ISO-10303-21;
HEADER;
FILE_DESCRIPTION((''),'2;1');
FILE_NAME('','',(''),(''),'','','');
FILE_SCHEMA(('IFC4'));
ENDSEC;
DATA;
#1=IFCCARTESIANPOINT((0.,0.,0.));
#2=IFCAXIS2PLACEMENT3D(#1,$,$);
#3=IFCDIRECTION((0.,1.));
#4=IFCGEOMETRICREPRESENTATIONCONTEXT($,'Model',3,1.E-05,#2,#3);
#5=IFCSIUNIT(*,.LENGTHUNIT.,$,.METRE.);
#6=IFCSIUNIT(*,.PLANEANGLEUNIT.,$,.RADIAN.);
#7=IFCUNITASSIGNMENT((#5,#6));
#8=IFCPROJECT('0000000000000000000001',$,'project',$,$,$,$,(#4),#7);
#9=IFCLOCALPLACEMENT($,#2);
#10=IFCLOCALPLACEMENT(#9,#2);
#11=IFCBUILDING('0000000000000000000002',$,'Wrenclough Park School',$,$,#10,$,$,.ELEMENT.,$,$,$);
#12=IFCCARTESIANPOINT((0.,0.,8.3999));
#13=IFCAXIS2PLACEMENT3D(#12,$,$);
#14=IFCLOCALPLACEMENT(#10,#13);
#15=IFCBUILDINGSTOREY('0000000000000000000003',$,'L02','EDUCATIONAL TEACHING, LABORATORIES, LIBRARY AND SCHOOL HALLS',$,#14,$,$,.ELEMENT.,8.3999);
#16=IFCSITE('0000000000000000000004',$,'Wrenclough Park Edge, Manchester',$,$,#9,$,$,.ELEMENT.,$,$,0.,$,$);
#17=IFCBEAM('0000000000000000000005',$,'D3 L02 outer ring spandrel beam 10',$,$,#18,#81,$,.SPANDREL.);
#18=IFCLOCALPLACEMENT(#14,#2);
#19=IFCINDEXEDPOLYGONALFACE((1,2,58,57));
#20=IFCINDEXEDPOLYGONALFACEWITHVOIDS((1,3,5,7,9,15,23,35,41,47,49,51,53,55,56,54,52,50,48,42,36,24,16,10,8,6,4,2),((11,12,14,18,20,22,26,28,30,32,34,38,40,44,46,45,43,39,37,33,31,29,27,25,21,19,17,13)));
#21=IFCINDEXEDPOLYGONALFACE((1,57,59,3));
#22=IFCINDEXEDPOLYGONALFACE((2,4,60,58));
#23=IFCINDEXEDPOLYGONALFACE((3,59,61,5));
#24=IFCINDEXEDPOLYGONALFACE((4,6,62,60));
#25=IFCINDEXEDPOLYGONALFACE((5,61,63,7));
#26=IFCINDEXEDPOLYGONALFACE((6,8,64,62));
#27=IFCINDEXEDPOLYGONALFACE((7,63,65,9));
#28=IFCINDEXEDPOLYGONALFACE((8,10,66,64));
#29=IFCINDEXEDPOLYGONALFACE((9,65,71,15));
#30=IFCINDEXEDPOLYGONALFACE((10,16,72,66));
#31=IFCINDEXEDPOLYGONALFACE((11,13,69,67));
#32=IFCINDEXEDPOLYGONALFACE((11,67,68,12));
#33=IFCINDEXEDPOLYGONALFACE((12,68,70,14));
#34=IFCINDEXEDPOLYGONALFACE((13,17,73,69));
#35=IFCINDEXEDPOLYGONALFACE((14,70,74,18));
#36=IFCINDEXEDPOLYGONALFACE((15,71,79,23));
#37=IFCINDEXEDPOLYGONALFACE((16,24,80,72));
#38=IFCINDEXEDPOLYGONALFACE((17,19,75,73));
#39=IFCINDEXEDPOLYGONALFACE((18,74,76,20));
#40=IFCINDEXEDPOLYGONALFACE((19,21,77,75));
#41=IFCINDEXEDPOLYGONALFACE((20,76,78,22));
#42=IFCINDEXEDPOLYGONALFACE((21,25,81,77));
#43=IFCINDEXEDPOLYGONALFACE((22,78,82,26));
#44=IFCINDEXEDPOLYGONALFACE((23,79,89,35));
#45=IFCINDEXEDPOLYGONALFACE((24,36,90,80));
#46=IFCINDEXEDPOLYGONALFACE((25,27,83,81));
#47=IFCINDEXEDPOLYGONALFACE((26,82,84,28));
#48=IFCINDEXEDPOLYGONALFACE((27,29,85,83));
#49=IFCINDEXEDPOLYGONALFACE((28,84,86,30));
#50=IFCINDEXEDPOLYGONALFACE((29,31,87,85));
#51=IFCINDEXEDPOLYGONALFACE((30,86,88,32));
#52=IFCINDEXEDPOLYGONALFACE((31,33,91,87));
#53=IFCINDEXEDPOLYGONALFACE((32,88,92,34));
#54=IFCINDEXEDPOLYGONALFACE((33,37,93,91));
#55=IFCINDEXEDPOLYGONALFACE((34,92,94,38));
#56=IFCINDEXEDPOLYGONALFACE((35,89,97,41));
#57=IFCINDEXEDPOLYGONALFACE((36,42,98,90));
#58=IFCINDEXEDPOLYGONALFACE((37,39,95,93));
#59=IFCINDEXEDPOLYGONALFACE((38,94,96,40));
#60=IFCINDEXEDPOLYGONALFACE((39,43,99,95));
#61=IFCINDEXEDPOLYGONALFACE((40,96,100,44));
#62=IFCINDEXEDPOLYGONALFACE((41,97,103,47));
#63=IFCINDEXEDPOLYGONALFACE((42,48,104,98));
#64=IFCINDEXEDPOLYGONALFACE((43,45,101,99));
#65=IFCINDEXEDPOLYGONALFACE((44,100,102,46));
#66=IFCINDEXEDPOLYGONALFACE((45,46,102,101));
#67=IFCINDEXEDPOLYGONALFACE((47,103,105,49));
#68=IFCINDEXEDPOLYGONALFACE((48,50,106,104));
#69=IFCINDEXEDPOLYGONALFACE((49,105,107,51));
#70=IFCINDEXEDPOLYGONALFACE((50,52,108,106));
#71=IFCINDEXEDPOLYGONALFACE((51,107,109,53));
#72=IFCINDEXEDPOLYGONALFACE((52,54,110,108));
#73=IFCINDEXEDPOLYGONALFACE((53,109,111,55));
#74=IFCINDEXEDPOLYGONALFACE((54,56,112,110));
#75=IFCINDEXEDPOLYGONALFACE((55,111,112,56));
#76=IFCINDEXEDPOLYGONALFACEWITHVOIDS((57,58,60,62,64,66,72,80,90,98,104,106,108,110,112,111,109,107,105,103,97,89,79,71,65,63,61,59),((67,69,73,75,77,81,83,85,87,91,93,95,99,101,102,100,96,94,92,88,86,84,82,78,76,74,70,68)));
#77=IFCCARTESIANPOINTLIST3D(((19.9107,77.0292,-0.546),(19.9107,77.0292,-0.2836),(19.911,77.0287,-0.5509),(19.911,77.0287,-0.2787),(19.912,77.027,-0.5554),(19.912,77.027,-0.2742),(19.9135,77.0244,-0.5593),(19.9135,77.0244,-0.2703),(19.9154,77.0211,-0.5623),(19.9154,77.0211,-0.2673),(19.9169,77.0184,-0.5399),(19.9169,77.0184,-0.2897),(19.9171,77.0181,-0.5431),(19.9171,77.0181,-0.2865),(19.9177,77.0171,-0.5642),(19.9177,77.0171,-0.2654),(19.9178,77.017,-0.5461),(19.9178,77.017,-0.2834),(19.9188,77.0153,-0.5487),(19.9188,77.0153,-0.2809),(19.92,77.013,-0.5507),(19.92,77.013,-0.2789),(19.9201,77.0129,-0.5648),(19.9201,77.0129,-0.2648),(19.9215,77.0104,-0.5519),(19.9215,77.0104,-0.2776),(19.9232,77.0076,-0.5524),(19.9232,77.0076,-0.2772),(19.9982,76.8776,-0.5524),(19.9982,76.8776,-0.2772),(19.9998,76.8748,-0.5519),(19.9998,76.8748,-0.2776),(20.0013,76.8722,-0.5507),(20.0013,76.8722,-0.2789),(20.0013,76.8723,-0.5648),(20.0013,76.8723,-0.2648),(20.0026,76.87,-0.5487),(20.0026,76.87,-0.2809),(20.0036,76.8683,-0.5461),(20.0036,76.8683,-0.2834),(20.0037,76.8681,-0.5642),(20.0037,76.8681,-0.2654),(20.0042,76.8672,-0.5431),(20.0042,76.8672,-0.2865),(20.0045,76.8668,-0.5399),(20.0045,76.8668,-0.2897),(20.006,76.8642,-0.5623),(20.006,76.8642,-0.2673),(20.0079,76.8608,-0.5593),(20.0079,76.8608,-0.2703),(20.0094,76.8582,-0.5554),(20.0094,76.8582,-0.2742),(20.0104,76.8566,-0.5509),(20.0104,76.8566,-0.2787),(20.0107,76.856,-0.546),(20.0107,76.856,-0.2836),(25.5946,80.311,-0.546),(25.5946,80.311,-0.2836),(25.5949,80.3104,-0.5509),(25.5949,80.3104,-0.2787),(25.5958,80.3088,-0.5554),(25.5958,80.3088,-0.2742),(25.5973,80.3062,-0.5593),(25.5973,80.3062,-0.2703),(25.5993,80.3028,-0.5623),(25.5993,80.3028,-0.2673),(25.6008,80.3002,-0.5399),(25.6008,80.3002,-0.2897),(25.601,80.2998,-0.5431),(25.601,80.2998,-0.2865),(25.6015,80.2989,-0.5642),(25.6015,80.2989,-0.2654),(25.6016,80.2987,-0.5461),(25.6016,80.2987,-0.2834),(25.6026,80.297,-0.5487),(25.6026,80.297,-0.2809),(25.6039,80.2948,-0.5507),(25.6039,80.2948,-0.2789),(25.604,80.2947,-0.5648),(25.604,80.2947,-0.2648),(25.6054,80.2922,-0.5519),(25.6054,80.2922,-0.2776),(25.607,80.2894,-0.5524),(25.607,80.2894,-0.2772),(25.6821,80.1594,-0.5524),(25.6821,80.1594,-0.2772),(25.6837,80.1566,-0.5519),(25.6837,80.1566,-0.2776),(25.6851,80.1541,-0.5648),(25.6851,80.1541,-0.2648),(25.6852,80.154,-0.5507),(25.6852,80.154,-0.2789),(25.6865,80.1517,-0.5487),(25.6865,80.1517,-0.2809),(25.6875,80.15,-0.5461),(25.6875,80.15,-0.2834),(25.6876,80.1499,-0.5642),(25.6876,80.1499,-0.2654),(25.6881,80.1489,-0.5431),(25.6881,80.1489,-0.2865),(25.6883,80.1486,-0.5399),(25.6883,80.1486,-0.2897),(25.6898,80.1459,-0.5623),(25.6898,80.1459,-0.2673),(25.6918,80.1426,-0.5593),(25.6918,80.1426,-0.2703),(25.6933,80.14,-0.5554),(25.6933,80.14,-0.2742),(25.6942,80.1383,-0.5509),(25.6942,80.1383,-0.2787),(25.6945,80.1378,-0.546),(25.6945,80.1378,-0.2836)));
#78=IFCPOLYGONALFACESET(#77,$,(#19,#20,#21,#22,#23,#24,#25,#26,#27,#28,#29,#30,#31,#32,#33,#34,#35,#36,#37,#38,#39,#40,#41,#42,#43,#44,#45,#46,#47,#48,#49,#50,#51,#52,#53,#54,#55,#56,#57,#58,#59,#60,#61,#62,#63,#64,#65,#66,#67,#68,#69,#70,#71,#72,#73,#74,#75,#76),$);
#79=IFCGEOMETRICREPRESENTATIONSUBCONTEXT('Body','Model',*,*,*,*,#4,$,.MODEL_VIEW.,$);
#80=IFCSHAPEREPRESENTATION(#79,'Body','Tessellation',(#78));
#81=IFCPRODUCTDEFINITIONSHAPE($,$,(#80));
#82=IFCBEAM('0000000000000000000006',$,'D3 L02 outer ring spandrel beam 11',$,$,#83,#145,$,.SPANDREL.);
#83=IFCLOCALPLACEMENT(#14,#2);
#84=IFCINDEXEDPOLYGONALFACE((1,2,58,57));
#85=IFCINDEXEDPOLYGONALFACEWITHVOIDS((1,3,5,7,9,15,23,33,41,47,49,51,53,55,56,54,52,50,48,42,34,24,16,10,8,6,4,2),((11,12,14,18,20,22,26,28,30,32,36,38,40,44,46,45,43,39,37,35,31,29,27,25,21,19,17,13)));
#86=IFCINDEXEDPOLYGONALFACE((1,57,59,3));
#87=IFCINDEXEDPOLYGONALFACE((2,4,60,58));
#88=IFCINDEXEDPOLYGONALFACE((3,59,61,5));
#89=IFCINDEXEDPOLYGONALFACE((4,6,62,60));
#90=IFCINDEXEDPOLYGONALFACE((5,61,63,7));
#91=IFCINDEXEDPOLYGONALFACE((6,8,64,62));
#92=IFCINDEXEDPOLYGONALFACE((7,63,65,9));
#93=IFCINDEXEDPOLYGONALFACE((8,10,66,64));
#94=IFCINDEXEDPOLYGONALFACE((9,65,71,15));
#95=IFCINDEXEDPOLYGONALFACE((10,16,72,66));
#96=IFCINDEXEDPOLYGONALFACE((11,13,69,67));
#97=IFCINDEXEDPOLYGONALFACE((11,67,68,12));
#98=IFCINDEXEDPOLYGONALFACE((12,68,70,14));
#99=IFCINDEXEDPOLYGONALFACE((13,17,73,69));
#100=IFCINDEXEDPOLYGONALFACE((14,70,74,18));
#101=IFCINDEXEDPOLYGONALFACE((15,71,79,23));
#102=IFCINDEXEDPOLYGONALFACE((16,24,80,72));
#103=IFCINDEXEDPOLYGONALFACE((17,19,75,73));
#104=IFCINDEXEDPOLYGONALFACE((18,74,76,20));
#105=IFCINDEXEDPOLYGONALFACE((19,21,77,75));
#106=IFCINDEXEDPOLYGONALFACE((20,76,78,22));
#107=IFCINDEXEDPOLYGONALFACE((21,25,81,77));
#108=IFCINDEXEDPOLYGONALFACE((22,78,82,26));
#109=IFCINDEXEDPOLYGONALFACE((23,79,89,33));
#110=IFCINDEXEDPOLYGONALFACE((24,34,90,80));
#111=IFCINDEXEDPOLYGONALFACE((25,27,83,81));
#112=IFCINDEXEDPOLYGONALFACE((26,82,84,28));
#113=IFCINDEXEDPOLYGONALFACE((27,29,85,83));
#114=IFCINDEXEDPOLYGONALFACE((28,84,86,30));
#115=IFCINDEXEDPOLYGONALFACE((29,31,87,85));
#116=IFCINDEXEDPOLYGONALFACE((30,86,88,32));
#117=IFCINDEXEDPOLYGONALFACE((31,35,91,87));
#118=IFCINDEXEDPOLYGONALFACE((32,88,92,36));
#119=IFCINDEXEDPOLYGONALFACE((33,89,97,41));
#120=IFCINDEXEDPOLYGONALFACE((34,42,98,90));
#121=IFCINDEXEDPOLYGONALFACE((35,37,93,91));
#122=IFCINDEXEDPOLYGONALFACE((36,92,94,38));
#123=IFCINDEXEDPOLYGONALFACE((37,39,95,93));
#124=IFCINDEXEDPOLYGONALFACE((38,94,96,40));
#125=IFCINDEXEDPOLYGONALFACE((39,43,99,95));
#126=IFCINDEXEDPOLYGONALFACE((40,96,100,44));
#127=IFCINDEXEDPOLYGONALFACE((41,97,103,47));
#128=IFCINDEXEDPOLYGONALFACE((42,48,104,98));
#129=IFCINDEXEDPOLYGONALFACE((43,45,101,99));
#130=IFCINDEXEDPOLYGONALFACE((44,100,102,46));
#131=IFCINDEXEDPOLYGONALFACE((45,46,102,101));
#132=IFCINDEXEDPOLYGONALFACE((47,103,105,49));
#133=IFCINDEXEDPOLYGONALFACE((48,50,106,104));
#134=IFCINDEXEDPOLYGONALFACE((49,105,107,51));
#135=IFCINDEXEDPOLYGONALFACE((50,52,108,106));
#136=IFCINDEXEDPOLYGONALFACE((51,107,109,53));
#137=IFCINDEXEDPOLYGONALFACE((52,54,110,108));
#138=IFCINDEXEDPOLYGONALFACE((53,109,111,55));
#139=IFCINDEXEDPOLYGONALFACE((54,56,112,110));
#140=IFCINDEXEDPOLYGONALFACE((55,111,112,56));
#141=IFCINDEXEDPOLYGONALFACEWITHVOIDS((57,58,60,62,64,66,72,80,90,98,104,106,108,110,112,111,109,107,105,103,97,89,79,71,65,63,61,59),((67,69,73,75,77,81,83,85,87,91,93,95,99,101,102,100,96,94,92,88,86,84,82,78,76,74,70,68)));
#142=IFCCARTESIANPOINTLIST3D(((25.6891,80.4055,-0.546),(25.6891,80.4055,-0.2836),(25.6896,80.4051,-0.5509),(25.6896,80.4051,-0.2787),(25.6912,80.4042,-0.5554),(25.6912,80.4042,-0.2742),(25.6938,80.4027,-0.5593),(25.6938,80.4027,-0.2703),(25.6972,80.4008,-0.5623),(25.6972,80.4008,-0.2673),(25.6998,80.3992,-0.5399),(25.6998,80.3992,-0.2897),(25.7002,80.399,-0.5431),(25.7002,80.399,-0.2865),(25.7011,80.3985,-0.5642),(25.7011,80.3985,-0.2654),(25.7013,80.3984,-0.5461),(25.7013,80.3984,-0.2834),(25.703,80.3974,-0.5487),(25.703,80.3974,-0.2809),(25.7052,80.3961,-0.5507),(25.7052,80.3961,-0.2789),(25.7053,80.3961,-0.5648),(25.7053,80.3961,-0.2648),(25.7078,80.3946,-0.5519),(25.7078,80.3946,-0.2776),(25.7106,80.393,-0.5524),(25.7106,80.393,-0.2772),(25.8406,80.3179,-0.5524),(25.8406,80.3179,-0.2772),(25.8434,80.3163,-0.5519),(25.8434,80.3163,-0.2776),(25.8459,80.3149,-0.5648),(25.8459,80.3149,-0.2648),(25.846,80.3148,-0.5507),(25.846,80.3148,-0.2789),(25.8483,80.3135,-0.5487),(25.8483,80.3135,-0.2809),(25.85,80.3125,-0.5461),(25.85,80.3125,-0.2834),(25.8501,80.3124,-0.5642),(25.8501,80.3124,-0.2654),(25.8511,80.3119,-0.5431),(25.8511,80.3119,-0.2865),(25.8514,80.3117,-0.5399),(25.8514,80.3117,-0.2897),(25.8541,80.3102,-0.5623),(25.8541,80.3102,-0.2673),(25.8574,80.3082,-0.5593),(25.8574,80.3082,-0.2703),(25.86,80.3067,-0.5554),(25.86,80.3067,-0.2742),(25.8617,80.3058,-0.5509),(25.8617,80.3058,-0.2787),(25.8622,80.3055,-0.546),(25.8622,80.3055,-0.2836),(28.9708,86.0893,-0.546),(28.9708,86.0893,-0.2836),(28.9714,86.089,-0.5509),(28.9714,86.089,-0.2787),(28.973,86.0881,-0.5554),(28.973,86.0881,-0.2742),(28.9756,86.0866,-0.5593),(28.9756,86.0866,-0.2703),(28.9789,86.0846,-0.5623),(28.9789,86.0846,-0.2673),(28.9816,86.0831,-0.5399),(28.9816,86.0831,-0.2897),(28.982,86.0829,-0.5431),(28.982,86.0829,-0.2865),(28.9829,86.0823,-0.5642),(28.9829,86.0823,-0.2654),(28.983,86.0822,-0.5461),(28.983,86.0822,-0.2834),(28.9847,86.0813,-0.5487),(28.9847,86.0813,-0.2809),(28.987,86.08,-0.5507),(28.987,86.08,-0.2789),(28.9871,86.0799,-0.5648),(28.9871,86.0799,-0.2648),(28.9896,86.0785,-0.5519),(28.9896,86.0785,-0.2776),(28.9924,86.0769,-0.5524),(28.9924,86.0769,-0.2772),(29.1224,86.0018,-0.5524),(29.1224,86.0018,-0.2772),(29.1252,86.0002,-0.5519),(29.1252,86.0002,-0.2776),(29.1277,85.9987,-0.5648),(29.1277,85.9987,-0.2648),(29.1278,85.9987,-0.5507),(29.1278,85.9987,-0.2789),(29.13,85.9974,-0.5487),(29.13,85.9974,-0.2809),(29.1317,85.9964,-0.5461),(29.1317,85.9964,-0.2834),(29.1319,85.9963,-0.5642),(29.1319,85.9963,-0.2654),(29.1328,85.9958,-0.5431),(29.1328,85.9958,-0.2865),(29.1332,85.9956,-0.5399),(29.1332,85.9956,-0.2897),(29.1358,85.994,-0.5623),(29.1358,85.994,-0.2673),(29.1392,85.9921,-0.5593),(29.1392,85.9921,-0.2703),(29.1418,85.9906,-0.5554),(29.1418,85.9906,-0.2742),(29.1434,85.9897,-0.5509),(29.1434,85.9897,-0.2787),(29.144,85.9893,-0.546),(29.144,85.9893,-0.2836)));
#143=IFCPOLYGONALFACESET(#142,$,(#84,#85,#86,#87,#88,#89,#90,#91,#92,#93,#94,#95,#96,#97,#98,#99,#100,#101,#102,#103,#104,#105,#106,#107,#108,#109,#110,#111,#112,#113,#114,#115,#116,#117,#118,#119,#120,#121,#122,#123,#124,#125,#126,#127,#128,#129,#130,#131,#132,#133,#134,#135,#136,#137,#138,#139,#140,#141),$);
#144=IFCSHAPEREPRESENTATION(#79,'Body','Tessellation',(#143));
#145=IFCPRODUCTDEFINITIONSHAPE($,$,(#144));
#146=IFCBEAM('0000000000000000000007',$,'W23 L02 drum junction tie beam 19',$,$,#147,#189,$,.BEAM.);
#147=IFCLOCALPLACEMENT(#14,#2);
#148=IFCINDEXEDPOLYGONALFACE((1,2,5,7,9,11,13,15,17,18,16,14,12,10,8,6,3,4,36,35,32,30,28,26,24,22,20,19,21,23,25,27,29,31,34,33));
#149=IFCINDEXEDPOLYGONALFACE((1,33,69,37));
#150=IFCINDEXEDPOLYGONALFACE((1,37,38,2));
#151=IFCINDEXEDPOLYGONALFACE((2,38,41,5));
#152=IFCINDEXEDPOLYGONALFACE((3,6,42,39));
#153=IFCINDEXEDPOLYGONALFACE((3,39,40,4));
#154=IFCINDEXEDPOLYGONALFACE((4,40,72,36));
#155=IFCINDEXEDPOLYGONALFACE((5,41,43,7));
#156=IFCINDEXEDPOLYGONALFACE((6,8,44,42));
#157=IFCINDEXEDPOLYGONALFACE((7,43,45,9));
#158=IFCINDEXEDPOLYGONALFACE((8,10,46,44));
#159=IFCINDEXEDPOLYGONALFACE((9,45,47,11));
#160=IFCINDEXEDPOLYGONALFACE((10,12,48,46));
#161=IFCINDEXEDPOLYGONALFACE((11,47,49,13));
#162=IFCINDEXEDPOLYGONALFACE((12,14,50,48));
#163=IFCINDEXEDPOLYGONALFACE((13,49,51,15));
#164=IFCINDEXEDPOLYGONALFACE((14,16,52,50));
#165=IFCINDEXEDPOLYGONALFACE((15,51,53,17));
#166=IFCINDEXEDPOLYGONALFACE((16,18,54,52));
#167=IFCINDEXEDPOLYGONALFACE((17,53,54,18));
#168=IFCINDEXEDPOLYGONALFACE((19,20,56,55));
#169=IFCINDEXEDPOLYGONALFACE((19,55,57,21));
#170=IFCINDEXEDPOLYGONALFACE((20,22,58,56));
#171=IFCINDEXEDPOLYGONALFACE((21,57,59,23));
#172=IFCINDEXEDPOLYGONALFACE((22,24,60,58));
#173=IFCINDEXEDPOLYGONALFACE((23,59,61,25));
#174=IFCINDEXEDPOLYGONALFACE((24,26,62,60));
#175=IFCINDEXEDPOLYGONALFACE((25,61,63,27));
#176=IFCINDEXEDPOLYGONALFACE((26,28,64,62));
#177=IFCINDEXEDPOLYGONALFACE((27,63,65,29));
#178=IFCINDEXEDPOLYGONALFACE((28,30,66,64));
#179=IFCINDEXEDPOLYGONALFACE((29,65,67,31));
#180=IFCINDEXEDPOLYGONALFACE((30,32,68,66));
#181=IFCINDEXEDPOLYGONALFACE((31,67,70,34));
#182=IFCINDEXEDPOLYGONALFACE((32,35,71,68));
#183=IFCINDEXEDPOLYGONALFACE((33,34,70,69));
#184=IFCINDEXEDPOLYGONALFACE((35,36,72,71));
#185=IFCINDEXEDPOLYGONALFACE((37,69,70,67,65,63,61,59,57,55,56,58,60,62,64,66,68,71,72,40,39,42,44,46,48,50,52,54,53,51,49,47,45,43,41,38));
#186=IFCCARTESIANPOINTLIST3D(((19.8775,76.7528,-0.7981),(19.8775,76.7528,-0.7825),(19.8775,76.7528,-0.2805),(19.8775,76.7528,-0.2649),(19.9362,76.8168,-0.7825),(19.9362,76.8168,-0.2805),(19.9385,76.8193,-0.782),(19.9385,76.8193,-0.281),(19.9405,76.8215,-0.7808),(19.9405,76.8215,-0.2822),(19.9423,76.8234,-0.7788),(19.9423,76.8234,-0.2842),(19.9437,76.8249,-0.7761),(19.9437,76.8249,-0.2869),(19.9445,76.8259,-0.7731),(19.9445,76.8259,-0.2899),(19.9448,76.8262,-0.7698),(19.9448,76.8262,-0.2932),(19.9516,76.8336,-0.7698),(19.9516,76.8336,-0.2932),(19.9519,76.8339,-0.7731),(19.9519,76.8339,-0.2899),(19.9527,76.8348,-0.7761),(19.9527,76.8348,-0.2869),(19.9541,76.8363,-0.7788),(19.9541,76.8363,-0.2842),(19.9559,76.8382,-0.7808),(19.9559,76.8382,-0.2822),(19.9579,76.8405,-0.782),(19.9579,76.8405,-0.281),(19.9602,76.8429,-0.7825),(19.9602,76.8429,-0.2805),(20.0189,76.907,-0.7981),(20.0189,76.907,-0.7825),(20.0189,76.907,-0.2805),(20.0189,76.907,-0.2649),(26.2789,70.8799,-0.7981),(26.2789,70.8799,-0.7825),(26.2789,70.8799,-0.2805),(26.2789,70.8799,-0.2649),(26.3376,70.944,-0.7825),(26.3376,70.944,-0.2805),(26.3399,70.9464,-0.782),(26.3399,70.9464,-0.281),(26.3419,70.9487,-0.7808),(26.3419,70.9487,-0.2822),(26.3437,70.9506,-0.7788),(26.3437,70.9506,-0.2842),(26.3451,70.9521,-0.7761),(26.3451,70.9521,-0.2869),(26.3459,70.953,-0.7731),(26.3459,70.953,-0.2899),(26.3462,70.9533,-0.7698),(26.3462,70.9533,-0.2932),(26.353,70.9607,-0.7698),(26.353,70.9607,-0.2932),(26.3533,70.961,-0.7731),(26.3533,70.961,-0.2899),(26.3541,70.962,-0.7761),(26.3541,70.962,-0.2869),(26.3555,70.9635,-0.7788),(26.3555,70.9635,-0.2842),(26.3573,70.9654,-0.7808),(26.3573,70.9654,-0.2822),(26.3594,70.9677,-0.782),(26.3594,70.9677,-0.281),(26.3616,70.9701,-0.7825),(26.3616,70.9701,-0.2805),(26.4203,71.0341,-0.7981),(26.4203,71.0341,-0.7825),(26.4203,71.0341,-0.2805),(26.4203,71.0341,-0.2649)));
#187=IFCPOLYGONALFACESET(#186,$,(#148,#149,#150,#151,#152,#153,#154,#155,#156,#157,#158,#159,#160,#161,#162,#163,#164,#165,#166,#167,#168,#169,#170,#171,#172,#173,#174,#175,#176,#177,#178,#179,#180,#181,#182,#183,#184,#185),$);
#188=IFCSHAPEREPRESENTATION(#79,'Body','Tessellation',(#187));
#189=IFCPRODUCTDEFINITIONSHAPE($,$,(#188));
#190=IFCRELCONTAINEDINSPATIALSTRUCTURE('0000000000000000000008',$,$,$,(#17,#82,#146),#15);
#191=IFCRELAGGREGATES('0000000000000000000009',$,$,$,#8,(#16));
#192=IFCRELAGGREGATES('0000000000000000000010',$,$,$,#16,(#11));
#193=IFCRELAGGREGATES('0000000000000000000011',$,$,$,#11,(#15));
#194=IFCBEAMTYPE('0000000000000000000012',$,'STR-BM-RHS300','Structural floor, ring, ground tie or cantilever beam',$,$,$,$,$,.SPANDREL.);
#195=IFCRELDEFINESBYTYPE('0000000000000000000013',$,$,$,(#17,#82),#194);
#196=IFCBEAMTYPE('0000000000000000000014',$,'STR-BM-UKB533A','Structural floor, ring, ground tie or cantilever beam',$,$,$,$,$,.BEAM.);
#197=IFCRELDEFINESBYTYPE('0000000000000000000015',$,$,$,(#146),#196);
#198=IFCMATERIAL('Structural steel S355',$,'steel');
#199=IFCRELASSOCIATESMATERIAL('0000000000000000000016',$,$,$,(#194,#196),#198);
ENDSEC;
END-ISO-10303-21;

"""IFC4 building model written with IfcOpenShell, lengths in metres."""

from ifc_helpers import new_model, si_unit, direction, frame, origin, origin_2d, place, context, subcontext, project, spatial, hollow_rectangle, i_section, extrude, material, material_profile, profile_set, type_object, element, save


model = new_model("IFC4")

# Units and contexts
model_context = context("Model", 3, precision=1e-05, world=origin(), true_north=direction((0.0, 1.0)))
body_context = subcontext(model_context, "Body", "Model", "MODEL_VIEW")
ifc_project = project(units=[si_unit("LENGTHUNIT", "METRE"), si_unit("PLANEANGLEUNIT", "RADIAN")], contexts=[model_context])

# Site, building, storey
site_placement = place(None, origin())
site = spatial("IfcSite", under=ifc_project, at=site_placement, Name="Wrenclough Park Edge, Manchester", CompositionType="ELEMENT", RefElevation=0.0)
building_placement = place(site_placement, origin())
building = spatial("IfcBuilding", under=site, at=building_placement, Name="Wrenclough Park School", CompositionType="ELEMENT")
storey_placement = place(building_placement, frame((0.0, 0.0, 8.3999)))
storey = spatial("IfcBuildingStorey", under=building, at=storey_placement, Name="L02", Description="EDUCATIONAL TEACHING, LABORATORIES, LIBRARY AND SCHOOL HALLS", CompositionType="ELEMENT", Elevation=8.3999)

# Shared definitions
ifc_material_1 = material(Name="Structural steel S355", Category="steel")

# Beams
ifc_material_profile_1 = material_profile(ifc_material_1, hollow_rectangle(XDim=0.2, YDim=0.3, WallThickness=0.0125, InnerFilletRadius=0.0125, OuterFilletRadius=0.0188, at=origin_2d()), Name="RHS 300x200x12.5")
ifc_profile_set_1 = profile_set([ifc_material_profile_1], Name="Structural steel S355")
beam_type_1 = type_object("IfcBeamType", Name="STR-BM-RHS300", Description="Structural floor, ring, ground tie or cantilever beam", PredefinedType="SPANDREL", material=ifc_profile_set_1)
for number, where, z_axis, x_axis, name in (
    (1, (19.9607, 76.9426, -0.4148), (0.866014, 0.50002, 0.0), (-0.50002, 0.866014, 0.0), "D3 L02 outer ring spandrel beam 10"),
    (2, (25.7756, 80.3555, -0.4148), (0.50002, 0.866014, 0.0), (-0.866014, 0.50002, 0.0), "D3 L02 outer ring spandrel beam 11"),
):
    element("IfcBeam", number, at=place(storey_placement, frame(where, z_axis=z_axis, x_axis=x_axis)), inside=storey, type_object=beam_type_1, Name=name, PredefinedType="SPANDREL", context=body_context, shape_type="SweptSolid", body=[
        extrude(hollow_rectangle(XDim=0.2, YDim=0.3, WallThickness=0.0125, InnerFilletRadius=0.0125, OuterFilletRadius=0.0188, at=origin_2d()), origin(), (0.0, 0.0, 1.0), 6.5632),
    ])
ifc_material_profile_2 = material_profile(ifc_material_1, i_section(OverallWidth=0.2092, OverallDepth=0.5332, WebThickness=0.01, FlangeThickness=0.0156, FilletRadius=0.0127, at=origin_2d()), Name="UKB 533x210x92")
ifc_profile_set_2 = profile_set([ifc_material_profile_2], Name="Structural steel S355")
beam_type_2 = type_object("IfcBeamType", Name="STR-BM-UKB533A", Description="Structural floor, ring, ground tie or cantilever beam", PredefinedType="BEAM", material=ifc_profile_set_2)
beam_placement = place(storey_placement, frame((26.3496, 70.957, -0.5315), z_axis=(-0.736874, 0.67603, 0.0), x_axis=(-0.67603, -0.736874, 0.0)))
element("IfcBeam", 3, at=beam_placement, inside=storey, type_object=beam_type_2, Name="W23 L02 drum junction tie beam 19", PredefinedType="BEAM", context=body_context, shape_type="SweptSolid", body=[
    extrude(i_section(OverallWidth=0.2092, OverallDepth=0.5332, WebThickness=0.01, FlangeThickness=0.0156, FilletRadius=0.0127, at=origin_2d()), origin(), (0.0, 0.0, 1.0), 8.6873),
])

save(model, "model.ifc")
